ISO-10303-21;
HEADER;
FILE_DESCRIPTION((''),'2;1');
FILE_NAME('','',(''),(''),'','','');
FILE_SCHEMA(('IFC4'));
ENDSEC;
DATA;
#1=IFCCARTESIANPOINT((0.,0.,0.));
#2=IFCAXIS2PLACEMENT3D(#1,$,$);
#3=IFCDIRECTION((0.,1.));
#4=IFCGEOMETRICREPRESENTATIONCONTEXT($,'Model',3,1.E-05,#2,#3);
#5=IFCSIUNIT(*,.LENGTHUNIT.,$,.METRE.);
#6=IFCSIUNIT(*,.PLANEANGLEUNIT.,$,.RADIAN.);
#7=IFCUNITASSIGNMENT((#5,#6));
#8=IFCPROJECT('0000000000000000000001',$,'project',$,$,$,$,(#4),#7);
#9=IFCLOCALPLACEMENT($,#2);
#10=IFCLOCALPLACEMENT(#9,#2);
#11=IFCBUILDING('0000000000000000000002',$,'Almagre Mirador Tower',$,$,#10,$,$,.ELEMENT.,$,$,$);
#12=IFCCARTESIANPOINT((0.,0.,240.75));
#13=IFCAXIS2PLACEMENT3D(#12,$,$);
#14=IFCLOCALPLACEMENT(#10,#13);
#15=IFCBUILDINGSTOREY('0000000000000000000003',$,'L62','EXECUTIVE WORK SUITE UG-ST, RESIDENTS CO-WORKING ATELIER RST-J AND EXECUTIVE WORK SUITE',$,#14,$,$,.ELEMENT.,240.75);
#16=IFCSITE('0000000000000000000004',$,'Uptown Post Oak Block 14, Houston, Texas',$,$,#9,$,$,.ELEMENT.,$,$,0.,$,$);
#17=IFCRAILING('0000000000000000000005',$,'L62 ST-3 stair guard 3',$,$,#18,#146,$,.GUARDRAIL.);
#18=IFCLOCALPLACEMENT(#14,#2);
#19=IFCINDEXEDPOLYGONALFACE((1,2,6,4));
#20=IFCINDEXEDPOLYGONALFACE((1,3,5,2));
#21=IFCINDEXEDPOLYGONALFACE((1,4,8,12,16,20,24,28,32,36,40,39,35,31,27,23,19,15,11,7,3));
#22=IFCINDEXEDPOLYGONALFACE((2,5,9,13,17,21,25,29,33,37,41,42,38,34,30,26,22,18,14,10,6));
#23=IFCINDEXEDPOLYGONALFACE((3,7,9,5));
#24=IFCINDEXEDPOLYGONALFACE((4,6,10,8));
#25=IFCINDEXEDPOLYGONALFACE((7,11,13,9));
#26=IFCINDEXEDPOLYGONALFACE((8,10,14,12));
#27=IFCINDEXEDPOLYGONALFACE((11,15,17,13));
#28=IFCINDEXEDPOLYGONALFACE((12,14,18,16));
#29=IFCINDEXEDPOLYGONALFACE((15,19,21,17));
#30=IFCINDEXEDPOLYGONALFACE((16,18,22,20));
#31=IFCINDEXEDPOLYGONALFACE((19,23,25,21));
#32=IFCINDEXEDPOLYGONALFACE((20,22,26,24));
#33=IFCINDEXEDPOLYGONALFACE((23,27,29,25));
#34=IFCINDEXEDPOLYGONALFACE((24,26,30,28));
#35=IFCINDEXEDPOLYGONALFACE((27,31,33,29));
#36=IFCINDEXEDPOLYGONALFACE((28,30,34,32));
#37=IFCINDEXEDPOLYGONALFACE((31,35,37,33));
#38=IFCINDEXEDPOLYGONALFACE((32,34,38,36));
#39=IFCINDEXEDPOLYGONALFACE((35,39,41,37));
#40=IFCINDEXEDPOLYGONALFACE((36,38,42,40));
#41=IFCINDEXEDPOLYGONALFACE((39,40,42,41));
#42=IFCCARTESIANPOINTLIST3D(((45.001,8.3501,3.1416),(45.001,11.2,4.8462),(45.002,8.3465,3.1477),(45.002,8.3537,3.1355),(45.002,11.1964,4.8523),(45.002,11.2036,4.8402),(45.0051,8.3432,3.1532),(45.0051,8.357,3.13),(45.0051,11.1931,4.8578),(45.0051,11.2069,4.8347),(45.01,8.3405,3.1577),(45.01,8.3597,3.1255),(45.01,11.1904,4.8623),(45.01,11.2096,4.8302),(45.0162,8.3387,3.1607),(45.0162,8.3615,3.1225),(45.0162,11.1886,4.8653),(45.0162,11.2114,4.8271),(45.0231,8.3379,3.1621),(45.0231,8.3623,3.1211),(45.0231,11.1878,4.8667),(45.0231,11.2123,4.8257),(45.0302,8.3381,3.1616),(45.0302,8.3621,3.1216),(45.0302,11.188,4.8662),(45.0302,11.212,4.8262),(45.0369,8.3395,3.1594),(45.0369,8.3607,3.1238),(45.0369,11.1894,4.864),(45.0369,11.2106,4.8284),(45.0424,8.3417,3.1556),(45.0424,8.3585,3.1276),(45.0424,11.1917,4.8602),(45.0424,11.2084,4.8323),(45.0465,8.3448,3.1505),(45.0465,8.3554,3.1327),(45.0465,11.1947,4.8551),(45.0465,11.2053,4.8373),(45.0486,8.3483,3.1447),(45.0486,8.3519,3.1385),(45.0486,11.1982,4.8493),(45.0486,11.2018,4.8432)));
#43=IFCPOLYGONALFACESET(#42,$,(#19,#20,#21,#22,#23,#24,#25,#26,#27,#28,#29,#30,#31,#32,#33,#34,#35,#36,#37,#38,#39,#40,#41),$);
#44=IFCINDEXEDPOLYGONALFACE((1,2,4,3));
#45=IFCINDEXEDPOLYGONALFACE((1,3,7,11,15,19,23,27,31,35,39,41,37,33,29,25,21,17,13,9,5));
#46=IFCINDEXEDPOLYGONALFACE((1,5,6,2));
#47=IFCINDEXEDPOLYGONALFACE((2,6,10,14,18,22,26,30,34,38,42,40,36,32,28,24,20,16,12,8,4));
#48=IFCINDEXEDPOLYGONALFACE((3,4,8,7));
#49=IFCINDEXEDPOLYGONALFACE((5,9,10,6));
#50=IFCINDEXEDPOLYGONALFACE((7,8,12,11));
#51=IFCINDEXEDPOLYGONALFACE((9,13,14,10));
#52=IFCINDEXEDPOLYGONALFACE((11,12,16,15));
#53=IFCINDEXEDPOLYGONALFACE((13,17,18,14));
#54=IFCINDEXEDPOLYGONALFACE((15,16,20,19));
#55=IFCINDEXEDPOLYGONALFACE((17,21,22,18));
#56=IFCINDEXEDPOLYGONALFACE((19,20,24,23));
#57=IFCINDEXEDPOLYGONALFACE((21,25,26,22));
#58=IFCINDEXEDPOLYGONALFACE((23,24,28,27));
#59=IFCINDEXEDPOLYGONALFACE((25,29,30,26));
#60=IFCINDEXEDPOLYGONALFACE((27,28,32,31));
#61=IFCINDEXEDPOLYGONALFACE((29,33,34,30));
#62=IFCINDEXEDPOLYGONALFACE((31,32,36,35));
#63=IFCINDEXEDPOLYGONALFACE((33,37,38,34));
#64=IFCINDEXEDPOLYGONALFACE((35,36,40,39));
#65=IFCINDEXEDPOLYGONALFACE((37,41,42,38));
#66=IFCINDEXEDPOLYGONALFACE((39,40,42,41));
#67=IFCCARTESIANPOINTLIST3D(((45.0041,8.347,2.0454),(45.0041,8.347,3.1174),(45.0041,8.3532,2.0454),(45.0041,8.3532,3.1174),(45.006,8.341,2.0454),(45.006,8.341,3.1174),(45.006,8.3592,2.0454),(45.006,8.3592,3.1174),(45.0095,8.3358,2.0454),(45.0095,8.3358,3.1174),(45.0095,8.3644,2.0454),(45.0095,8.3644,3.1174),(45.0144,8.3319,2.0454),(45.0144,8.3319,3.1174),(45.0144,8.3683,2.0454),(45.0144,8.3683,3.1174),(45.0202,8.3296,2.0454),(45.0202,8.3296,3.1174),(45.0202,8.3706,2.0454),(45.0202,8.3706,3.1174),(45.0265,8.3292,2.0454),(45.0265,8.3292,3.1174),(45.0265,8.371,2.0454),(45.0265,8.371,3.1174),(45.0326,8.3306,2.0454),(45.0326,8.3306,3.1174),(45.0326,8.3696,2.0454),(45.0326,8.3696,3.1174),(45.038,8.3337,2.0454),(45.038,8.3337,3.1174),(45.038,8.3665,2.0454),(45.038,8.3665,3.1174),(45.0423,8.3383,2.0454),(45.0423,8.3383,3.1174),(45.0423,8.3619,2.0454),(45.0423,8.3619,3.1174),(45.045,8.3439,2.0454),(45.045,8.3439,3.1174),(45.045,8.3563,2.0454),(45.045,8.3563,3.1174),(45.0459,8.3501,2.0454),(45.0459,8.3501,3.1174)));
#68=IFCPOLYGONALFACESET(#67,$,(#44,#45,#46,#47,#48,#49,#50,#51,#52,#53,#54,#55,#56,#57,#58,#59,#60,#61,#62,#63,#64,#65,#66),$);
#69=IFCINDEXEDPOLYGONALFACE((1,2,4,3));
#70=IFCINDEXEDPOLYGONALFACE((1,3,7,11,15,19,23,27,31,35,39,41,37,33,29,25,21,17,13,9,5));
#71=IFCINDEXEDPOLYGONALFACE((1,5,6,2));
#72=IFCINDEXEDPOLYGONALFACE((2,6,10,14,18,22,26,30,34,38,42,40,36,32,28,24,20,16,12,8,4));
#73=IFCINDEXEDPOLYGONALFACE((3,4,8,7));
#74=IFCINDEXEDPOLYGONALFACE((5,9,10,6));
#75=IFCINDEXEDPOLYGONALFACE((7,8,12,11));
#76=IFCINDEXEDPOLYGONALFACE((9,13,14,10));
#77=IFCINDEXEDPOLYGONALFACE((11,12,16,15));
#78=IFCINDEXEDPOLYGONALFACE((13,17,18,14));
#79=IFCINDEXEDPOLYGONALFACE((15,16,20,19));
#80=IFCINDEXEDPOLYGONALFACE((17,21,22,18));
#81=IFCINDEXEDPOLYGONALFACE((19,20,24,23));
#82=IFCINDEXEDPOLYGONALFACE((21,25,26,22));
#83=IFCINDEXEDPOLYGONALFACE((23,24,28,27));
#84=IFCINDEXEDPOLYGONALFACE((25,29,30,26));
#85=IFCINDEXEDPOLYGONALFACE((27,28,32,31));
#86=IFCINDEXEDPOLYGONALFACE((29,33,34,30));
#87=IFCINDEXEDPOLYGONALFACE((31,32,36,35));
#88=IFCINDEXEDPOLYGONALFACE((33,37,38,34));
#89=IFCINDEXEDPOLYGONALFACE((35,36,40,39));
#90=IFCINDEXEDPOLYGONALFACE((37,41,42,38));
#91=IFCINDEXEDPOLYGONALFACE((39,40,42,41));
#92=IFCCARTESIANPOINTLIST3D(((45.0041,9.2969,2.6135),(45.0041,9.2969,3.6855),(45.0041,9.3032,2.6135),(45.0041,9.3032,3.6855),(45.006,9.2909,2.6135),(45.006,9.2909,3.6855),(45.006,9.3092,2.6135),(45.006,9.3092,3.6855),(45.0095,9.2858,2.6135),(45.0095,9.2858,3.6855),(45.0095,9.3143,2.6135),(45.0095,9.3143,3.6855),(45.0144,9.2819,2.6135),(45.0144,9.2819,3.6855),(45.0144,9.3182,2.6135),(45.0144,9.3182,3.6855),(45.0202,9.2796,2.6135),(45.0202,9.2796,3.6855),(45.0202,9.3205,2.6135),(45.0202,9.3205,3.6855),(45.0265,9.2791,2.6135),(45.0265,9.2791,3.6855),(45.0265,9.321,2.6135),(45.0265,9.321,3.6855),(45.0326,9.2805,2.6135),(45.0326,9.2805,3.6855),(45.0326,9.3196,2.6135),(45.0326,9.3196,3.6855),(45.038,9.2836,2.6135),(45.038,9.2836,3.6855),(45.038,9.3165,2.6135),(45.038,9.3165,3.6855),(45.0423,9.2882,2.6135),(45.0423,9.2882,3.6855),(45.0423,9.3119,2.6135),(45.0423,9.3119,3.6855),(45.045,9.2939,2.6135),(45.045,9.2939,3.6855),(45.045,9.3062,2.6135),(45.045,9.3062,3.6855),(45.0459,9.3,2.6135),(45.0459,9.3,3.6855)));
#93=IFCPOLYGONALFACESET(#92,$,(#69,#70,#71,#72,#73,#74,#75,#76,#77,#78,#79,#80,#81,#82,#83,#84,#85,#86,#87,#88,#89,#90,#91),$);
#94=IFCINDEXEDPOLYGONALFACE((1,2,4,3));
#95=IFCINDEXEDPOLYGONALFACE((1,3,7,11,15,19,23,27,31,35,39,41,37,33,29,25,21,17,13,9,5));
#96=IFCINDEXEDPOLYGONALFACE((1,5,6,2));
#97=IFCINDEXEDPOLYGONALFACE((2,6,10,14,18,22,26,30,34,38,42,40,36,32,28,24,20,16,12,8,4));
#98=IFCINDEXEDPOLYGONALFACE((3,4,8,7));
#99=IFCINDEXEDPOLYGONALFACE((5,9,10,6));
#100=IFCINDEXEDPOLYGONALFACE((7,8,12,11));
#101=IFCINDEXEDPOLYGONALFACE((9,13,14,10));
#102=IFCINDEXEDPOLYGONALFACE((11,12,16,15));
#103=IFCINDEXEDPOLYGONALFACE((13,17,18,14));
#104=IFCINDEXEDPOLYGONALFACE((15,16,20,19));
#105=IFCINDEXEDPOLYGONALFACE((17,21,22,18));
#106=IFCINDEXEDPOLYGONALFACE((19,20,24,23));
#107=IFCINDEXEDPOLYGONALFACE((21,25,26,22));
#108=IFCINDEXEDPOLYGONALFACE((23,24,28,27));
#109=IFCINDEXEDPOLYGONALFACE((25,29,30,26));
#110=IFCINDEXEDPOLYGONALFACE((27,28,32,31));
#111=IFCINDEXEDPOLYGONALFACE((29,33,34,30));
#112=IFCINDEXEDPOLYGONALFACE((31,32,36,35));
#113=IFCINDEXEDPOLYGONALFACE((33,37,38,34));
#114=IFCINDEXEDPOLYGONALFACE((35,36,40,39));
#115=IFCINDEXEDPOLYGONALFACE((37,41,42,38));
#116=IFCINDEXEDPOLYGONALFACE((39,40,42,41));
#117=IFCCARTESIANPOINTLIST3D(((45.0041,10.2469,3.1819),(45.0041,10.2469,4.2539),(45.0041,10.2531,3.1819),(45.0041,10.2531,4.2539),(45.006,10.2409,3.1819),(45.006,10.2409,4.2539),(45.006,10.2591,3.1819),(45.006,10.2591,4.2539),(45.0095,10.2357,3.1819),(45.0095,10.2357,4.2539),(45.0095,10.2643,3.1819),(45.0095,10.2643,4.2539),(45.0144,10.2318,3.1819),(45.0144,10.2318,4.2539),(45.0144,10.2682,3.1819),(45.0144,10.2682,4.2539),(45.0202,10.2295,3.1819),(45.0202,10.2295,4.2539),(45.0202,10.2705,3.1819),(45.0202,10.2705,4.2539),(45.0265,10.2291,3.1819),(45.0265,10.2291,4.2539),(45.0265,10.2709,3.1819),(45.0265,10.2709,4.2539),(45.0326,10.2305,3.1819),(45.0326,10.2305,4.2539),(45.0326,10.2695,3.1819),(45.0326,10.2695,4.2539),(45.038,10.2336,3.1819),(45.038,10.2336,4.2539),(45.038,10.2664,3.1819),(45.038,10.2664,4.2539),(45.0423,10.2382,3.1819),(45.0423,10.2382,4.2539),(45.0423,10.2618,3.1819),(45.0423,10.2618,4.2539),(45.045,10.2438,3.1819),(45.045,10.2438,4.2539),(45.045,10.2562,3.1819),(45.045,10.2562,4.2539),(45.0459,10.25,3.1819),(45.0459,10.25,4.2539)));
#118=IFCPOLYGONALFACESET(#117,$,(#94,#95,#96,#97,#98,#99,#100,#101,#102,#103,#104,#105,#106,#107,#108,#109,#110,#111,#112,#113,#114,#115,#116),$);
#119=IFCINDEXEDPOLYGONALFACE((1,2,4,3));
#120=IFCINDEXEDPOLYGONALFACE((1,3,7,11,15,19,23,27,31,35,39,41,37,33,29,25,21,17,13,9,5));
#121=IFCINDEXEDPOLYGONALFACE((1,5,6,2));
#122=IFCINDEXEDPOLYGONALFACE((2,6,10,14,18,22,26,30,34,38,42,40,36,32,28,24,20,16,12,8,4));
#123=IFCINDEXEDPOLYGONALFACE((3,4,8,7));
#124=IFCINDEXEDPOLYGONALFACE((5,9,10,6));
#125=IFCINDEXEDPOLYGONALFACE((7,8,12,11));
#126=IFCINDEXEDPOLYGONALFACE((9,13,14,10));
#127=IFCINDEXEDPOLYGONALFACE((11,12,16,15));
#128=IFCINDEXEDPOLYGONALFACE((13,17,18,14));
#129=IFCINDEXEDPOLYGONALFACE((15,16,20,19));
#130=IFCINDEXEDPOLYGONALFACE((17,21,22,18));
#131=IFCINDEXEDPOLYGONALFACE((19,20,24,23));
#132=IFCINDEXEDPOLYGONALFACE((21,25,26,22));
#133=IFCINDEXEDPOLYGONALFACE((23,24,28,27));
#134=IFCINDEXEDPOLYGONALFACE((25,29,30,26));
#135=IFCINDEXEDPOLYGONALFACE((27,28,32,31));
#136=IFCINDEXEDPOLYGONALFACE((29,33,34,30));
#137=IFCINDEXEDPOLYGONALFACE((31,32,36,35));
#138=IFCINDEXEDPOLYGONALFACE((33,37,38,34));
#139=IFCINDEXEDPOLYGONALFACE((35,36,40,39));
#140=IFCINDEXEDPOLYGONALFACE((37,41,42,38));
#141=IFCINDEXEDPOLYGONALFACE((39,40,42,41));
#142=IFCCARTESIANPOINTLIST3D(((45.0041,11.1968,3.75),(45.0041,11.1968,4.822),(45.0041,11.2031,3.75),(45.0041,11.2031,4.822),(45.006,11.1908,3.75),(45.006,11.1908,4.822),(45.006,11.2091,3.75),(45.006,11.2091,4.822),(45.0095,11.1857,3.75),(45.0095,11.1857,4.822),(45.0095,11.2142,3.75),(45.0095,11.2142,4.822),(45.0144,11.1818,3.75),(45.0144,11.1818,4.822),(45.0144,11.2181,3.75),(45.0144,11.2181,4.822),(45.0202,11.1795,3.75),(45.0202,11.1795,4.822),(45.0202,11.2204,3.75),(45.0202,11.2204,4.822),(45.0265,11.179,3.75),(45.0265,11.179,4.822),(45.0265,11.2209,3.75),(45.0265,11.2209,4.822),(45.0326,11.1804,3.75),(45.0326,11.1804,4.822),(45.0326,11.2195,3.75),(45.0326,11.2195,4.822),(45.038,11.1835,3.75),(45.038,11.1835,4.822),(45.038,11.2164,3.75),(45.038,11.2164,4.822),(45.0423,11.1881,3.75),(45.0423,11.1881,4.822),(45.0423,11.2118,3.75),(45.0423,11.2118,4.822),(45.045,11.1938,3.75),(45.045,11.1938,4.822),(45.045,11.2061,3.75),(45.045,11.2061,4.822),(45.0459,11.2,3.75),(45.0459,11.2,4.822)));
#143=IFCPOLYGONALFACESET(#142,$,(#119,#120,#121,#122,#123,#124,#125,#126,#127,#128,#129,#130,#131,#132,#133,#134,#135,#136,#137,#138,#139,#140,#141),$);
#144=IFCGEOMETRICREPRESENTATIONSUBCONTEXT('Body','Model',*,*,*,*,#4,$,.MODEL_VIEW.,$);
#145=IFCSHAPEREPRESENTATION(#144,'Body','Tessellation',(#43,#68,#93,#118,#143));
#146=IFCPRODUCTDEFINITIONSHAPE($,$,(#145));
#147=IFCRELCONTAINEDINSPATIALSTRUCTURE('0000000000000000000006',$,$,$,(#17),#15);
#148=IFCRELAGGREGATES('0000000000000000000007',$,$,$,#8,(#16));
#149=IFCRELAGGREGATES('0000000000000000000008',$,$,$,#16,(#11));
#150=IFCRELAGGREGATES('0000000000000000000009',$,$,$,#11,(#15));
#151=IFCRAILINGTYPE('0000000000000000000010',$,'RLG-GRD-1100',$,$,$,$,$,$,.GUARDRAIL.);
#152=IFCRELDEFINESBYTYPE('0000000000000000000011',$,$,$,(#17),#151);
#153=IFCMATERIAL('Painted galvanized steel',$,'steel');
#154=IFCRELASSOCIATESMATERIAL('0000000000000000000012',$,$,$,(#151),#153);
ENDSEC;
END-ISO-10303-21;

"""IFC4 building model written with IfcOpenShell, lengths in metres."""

from ifc_helpers import new_model, si_unit, direction, frame, origin, origin_2d, place, context, subcontext, project, spatial, circle, extrude, material, type_object, element, save


model = new_model("IFC4")

# Units and contexts
model_context = context("Model", 3, precision=1e-05, world=origin(), true_north=direction((0.0, 1.0)))
body_context = subcontext(model_context, "Body", "Model", "MODEL_VIEW")
ifc_project = project(units=[si_unit("LENGTHUNIT", "METRE"), si_unit("PLANEANGLEUNIT", "RADIAN")], contexts=[model_context])

# Site, building, storey
site_placement = place(None, origin())
site = spatial("IfcSite", under=ifc_project, at=site_placement, Name="Uptown Post Oak Block 14, Houston, Texas", CompositionType="ELEMENT", RefElevation=0.0)
building_placement = place(site_placement, origin())
building = spatial("IfcBuilding", under=site, at=building_placement, Name="Almagre Mirador Tower", CompositionType="ELEMENT")
storey_placement = place(building_placement, frame((0.0, 0.0, 240.75)))
storey = spatial("IfcBuildingStorey", under=building, at=storey_placement, Name="L62", Description="EXECUTIVE WORK SUITE UG-ST, RESIDENTS CO-WORKING ATELIER RST-J AND EXECUTIVE WORK SUITE", CompositionType="ELEMENT", Elevation=240.75)

# Railing
ifc_material_1 = material(Name="Painted galvanized steel", Category="steel")
railing_type_1 = type_object("IfcRailingType", Name="RLG-GRD-1100", PredefinedType="GUARDRAIL", material=ifc_material_1)
railing_1_placement = place(storey_placement, frame((45.0249, 8.3501, 2.0454)))
element("IfcRailing", 1, at=railing_1_placement, inside=storey, type_object=railing_type_1, Name="L62 ST-3 stair guard 3", PredefinedType="GUARDRAIL", context=body_context, shape_type="SweptSolid", body=[
    extrude(circle(Radius=0.0239, at=origin_2d()), frame((0.0, 0.0, 1.0962), z_axis=(0.0, 0.858199, 0.513317), x_axis=(-1.0, 0.0, 0.0)), (0.0, 0.0, 1.0), 3.3208),
    extrude(circle(Radius=0.021, at=origin_2d()), origin(), (0.0, 0.0, 1.0), 1.072),
    extrude(circle(Radius=0.021, at=origin_2d()), frame((0.0, 0.95, 0.5681)), (0.0, 0.0, 1.0), 1.072),
    extrude(circle(Radius=0.021, at=origin_2d()), frame((0.0, 1.8999, 1.1365)), (0.0, 0.0, 1.0), 1.072),
    extrude(circle(Radius=0.021, at=origin_2d()), frame((0.0, 2.8499, 1.7046)), (0.0, 0.0, 1.0), 1.072),
])

save(model, "model.ifc")
